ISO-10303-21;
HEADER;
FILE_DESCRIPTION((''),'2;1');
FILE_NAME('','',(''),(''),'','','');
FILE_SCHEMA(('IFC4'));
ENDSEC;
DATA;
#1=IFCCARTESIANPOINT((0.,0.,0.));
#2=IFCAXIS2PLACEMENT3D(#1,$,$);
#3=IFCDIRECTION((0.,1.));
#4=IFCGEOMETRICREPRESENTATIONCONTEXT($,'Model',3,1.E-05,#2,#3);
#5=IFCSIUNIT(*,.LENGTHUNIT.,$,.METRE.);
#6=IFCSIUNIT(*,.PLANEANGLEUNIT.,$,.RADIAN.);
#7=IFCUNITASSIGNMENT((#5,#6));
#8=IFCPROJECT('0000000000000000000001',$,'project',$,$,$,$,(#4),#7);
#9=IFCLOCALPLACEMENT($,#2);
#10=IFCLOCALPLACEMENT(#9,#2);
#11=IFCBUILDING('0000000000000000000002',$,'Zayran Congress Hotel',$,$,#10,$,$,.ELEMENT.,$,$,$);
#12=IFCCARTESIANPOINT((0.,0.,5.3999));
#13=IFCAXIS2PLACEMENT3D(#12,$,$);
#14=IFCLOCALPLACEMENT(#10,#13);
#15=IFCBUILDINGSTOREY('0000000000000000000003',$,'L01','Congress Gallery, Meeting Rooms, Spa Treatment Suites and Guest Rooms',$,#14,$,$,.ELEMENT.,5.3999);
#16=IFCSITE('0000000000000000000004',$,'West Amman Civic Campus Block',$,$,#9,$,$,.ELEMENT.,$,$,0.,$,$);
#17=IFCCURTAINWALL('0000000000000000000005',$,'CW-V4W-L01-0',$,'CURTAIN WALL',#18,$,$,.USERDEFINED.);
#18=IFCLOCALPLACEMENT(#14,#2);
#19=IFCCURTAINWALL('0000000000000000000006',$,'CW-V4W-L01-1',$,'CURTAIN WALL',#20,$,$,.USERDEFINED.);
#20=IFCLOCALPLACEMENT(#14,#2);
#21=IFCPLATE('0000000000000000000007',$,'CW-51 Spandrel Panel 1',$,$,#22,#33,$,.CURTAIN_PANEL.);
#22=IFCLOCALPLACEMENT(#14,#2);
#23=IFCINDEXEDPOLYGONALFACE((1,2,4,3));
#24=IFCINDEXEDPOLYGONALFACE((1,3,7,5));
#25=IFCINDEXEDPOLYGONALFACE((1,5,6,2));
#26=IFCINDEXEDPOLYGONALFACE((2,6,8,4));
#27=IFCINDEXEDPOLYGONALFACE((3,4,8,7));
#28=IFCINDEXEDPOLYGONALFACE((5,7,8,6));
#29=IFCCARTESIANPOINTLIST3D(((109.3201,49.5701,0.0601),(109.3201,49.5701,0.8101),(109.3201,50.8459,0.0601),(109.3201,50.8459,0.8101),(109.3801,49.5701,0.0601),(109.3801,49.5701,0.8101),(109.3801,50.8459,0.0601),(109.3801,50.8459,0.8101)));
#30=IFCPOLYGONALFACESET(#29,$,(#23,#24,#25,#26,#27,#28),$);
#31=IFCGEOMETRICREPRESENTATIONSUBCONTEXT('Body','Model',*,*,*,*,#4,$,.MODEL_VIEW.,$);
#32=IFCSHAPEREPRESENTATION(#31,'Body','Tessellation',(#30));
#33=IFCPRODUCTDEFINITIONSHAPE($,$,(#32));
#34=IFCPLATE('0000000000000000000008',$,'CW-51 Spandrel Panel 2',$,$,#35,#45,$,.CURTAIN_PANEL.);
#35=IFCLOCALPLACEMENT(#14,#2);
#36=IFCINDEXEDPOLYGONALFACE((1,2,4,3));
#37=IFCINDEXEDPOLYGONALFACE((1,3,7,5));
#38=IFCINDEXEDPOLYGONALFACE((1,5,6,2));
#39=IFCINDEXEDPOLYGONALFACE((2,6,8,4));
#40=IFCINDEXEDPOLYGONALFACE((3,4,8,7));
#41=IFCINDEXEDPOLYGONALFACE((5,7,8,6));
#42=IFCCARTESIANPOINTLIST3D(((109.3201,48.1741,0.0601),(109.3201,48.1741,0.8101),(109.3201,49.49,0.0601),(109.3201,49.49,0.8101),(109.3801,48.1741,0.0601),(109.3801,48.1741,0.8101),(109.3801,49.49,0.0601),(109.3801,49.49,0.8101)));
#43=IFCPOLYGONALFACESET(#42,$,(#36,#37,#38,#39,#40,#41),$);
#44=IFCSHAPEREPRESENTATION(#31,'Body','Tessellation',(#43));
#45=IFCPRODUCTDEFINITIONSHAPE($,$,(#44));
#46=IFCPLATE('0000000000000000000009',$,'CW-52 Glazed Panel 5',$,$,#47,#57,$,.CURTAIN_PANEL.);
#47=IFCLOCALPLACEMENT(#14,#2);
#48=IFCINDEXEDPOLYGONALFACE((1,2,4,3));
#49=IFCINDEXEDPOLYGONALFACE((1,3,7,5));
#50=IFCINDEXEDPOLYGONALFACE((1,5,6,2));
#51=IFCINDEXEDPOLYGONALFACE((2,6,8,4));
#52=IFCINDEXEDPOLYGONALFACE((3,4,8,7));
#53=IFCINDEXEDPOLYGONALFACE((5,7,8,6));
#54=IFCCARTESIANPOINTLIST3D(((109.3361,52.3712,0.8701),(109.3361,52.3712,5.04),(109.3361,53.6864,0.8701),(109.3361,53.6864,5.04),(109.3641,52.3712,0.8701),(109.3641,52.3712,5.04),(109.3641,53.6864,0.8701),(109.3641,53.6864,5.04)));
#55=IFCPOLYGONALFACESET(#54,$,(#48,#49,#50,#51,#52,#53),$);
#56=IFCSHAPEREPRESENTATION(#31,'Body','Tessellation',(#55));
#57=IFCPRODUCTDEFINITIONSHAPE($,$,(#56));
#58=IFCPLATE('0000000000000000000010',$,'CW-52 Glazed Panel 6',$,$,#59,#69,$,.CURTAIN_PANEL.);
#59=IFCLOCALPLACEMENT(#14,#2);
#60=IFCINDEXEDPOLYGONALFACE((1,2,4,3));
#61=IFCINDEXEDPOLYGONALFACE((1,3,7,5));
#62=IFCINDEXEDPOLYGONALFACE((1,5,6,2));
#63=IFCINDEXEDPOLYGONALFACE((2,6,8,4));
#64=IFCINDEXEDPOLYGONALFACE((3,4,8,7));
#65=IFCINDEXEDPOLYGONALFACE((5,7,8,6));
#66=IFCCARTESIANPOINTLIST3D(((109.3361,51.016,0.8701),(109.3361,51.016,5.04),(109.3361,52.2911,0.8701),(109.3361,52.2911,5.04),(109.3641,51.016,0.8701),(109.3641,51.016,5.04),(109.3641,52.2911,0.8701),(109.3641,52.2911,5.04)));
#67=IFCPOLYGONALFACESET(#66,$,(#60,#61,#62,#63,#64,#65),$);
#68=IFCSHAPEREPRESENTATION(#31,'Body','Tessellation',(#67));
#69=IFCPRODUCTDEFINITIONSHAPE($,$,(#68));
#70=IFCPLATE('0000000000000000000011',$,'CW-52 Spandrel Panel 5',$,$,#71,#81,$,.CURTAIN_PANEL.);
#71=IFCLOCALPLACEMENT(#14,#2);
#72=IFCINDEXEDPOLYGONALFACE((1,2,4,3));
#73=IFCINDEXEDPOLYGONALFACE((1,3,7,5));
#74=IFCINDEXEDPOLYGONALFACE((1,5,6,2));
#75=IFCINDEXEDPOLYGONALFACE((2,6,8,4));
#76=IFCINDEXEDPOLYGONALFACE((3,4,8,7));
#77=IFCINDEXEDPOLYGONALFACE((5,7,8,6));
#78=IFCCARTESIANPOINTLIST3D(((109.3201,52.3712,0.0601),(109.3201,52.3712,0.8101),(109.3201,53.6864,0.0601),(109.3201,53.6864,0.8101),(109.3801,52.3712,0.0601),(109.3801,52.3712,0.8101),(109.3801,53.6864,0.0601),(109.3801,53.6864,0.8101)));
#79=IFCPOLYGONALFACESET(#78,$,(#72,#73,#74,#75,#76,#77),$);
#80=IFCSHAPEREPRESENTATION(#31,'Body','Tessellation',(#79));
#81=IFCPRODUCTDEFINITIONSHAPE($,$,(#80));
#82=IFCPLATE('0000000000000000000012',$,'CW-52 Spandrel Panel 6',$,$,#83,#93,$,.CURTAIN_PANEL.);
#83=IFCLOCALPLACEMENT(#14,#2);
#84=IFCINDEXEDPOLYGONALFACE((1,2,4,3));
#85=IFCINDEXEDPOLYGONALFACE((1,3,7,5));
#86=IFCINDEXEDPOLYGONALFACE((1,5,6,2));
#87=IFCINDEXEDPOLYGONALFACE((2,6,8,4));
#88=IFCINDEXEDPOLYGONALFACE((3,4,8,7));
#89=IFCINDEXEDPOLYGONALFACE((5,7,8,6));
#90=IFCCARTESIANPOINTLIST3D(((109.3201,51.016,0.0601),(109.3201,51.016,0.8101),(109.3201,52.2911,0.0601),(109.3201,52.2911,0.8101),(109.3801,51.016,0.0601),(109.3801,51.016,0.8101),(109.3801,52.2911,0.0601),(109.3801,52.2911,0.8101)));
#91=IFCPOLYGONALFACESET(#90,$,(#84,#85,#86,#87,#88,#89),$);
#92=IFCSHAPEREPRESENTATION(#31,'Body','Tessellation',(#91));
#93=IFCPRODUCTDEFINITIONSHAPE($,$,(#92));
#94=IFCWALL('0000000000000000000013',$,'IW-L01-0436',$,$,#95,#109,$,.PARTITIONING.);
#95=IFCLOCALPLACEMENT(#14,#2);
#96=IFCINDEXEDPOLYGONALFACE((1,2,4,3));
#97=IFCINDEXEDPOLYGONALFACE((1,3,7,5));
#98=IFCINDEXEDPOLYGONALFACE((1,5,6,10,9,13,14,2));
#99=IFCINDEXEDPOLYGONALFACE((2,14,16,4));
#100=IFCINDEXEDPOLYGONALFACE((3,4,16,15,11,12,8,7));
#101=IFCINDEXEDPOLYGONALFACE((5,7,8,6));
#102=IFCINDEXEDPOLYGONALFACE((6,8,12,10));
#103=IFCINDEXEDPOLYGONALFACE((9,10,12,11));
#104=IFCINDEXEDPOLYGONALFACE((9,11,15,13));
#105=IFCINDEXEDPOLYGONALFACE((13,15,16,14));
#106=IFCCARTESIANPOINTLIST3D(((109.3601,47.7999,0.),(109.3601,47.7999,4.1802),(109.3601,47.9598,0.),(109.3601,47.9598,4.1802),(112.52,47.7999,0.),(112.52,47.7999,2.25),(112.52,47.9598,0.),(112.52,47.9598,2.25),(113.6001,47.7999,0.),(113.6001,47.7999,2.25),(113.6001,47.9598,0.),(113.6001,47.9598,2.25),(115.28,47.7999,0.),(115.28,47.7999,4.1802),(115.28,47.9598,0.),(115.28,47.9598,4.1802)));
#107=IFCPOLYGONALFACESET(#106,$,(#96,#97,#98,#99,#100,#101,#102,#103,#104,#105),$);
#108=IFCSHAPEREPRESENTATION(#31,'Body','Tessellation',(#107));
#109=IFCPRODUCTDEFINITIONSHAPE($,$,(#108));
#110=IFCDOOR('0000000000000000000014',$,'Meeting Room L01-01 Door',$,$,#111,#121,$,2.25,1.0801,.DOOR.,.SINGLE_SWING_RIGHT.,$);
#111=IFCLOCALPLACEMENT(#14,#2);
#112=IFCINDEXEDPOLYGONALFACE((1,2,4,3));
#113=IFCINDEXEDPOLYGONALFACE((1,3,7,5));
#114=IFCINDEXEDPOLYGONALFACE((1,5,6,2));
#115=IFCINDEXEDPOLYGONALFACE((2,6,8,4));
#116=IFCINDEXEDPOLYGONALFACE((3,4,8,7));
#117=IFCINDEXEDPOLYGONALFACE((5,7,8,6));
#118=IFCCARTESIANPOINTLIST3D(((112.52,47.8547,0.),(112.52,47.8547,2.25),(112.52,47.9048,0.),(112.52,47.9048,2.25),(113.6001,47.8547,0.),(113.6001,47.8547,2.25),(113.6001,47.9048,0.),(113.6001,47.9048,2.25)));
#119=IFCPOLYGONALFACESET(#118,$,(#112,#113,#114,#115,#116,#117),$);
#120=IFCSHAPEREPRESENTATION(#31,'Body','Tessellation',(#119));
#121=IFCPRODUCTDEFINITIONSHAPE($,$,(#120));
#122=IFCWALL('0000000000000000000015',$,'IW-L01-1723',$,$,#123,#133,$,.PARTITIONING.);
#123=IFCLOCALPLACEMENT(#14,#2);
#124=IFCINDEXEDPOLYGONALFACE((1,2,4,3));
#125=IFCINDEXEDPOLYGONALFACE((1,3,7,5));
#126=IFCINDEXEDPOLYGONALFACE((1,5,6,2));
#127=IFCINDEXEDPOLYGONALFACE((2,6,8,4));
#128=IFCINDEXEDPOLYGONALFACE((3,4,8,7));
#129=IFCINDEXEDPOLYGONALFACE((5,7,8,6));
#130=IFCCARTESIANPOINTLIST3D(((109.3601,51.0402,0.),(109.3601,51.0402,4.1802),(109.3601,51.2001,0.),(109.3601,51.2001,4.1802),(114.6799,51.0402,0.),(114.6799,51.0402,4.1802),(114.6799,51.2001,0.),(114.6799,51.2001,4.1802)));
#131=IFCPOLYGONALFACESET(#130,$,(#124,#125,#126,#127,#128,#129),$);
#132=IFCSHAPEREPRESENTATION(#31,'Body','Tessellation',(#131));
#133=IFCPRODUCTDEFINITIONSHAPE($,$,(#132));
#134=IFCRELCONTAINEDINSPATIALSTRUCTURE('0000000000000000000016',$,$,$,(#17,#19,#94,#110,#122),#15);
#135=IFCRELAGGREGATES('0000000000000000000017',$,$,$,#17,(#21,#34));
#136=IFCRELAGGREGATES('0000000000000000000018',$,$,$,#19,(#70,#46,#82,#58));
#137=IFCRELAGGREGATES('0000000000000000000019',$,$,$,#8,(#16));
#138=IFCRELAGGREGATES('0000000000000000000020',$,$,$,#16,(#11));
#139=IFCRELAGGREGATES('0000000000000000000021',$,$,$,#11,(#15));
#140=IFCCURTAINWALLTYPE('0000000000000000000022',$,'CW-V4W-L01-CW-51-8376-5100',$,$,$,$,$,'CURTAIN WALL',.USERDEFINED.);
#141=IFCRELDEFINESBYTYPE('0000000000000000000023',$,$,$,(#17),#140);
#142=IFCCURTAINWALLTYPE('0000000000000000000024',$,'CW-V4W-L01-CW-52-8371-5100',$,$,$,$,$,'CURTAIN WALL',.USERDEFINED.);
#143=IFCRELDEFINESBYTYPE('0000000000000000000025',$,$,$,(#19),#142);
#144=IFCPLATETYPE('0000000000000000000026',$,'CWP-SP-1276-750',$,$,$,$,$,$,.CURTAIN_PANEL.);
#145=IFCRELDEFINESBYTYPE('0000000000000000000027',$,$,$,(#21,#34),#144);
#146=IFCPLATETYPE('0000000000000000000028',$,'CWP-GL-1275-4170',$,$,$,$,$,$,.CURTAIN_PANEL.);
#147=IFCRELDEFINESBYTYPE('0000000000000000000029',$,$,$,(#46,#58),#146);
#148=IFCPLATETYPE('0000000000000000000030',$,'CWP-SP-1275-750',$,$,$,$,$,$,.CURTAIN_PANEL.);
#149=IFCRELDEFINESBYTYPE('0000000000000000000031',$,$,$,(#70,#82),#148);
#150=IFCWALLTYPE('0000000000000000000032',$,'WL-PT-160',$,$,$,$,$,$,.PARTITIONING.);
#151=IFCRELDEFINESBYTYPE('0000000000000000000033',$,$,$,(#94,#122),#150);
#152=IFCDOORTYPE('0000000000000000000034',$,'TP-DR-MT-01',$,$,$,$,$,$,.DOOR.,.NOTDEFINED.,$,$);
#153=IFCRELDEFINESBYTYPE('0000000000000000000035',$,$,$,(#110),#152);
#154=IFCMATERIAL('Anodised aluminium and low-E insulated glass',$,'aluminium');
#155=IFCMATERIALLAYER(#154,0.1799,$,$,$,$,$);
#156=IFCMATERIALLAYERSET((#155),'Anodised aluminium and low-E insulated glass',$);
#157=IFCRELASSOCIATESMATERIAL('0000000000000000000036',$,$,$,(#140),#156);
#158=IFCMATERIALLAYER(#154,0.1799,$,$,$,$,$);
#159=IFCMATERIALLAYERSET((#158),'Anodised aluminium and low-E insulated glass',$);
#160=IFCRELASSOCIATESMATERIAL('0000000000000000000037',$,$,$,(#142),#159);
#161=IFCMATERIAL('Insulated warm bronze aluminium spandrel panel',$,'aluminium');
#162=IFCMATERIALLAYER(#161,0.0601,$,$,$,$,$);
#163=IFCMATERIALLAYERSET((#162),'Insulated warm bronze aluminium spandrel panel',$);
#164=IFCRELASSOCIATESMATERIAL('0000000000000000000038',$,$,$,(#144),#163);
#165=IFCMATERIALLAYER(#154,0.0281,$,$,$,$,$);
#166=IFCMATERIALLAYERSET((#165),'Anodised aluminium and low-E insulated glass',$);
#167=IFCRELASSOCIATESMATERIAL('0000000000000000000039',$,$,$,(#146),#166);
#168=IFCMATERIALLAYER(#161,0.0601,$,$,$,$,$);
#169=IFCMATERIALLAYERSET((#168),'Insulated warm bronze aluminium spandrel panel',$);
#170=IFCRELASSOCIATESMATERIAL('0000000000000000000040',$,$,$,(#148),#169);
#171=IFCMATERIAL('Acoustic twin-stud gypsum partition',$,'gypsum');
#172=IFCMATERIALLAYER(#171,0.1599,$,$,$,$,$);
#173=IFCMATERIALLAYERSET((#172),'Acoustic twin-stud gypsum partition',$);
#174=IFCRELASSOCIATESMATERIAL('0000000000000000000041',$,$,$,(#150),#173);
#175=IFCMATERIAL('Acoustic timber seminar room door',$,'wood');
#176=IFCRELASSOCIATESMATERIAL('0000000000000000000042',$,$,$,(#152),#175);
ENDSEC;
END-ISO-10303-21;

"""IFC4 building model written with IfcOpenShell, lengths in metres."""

from ifc_helpers import new_model, si_unit, direction, frame, frame_2d, origin, origin_2d, place, context, subcontext, project, spatial, rectangle, extrude, material, layer, layer_set, type_object, element, fill, aggregate, save


model = new_model("IFC4")

# Units and contexts
model_context = context("Model", 3, precision=1e-05, world=origin(), true_north=direction((0.0, 1.0)))
body_context = subcontext(model_context, "Body", "Model", "MODEL_VIEW")
ifc_project = project(units=[si_unit("LENGTHUNIT", "METRE"), si_unit("PLANEANGLEUNIT", "RADIAN")], contexts=[model_context])

# Site, building, storey
site_placement = place(None, origin())
site = spatial("IfcSite", under=ifc_project, at=site_placement, Name="West Amman Civic Campus Block", CompositionType="ELEMENT", RefElevation=0.0)
building_placement = place(site_placement, origin())
building = spatial("IfcBuilding", under=site, at=building_placement, Name="Zayran Congress Hotel", CompositionType="ELEMENT")
storey_placement = place(building_placement, frame((0.0, 0.0, 5.3999)))
storey = spatial("IfcBuildingStorey", under=building, at=storey_placement, Name="L01", Description="Congress Gallery, Meeting Rooms, Spa Treatment Suites and Guest Rooms", CompositionType="ELEMENT", Elevation=5.3999)

# Curtain walls
ifc_material_1 = material(Name="Anodised aluminium and low-E insulated glass", Category="aluminium")
ifc_layer_1 = layer(ifc_material_1, 0.1799)
ifc_layer_set_1 = layer_set([ifc_layer_1], Name="Anodised aluminium and low-E insulated glass")
curtain_wall_type_1 = type_object("IfcCurtainWallType", Name="CW-V4W-L01-CW-51-8376-5100", ElementType="CURTAIN WALL", PredefinedType="USERDEFINED", material=ifc_layer_set_1)
curtain_wall_1_placement = place(storey_placement, origin())
curtain_wall_1 = element("IfcCurtainWall", 1, at=curtain_wall_1_placement, inside=storey, type_object=curtain_wall_type_1, Name="CW-V4W-L01-0", ObjectType="CURTAIN WALL", PredefinedType="USERDEFINED")
ifc_layer_2 = layer(ifc_material_1, 0.1799)
ifc_layer_set_2 = layer_set([ifc_layer_2], Name="Anodised aluminium and low-E insulated glass")
curtain_wall_type_2 = type_object("IfcCurtainWallType", Name="CW-V4W-L01-CW-52-8371-5100", ElementType="CURTAIN WALL", PredefinedType="USERDEFINED", material=ifc_layer_set_2)
curtain_wall_2_placement = place(storey_placement, origin())
curtain_wall_2 = element("IfcCurtainWall", 2, at=curtain_wall_2_placement, inside=storey, type_object=curtain_wall_type_2, Name="CW-V4W-L01-1", ObjectType="CURTAIN WALL", PredefinedType="USERDEFINED")

# Plates
ifc_material_2 = material(Name="Insulated warm bronze aluminium spandrel panel", Category="aluminium")
ifc_layer_3 = layer(ifc_material_2, 0.0601)
ifc_layer_set_3 = layer_set([ifc_layer_3], Name="Insulated warm bronze aluminium spandrel panel")
plate_type_1 = type_object("IfcPlateType", Name="CWP-SP-1276-750", PredefinedType="CURTAIN_PANEL", material=ifc_layer_set_3)
plate_1_placement = place(storey_placement, frame((109.3501, 50.208, 0.0601), z_axis=(0.0, 0.0, 1.0), x_axis=(0.0, 1.0, 0.0)))
plate_1 = element("IfcPlate", 3, at=plate_1_placement, type_object=plate_type_1, Name="CW-51 Spandrel Panel 1", PredefinedType="CURTAIN_PANEL", context=body_context, shape_type="SweptSolid", body=[
    extrude(rectangle(XDim=1.2759, YDim=0.0601, at=origin_2d()), origin(), (0.0, 0.0, 1.0), 0.75),
])
plate_2_placement = place(storey_placement, frame((109.3501, 48.832, 0.0601), z_axis=(0.0, 0.0, 1.0), x_axis=(0.0, 1.0, 0.0)))
plate_2 = element("IfcPlate", 4, at=plate_2_placement, type_object=plate_type_1, Name="CW-51 Spandrel Panel 2", PredefinedType="CURTAIN_PANEL", context=body_context, shape_type="SweptSolid", body=[
    extrude(rectangle(XDim=1.3159, YDim=0.0601, at=origin_2d()), origin(), (0.0, 0.0, 1.0), 0.75),
])
aggregate(curtain_wall_1, [plate_1, plate_2])
ifc_layer_4 = layer(ifc_material_1, 0.0281)
ifc_layer_set_4 = layer_set([ifc_layer_4], Name="Anodised aluminium and low-E insulated glass")
plate_type_2 = type_object("IfcPlateType", Name="CWP-GL-1275-4170", PredefinedType="CURTAIN_PANEL", material=ifc_layer_set_4)
plate_3_placement = place(storey_placement, frame((109.3501, 53.0288, 0.8701), z_axis=(0.0, 0.0, 1.0), x_axis=(0.0, 1.0, 0.0)))
plate_3 = element("IfcPlate", 5, at=plate_3_placement, type_object=plate_type_2, Name="CW-52 Glazed Panel 5", PredefinedType="CURTAIN_PANEL", context=body_context, shape_type="SweptSolid", body=[
    extrude(rectangle(XDim=1.3152, YDim=0.0281, at=origin_2d()), origin(), (0.0, 0.0, 1.0), 4.1699),
])
plate_4_placement = place(storey_placement, frame((109.3501, 51.6536, 0.8701), z_axis=(0.0, 0.0, 1.0), x_axis=(0.0, 1.0, 0.0)))
plate_4 = element("IfcPlate", 6, at=plate_4_placement, type_object=plate_type_2, Name="CW-52 Glazed Panel 6", PredefinedType="CURTAIN_PANEL", context=body_context, shape_type="SweptSolid", body=[
    extrude(rectangle(XDim=1.2751, YDim=0.0281, at=origin_2d()), origin(), (0.0, 0.0, 1.0), 4.1699),
])
ifc_layer_5 = layer(ifc_material_2, 0.0601)
ifc_layer_set_5 = layer_set([ifc_layer_5], Name="Insulated warm bronze aluminium spandrel panel")
plate_type_3 = type_object("IfcPlateType", Name="CWP-SP-1275-750", PredefinedType="CURTAIN_PANEL", material=ifc_layer_set_5)
plate_5_placement = place(storey_placement, frame((109.3501, 53.0288, 0.0601), z_axis=(0.0, 0.0, 1.0), x_axis=(0.0, 1.0, 0.0)))
plate_5 = element("IfcPlate", 7, at=plate_5_placement, type_object=plate_type_3, Name="CW-52 Spandrel Panel 5", PredefinedType="CURTAIN_PANEL", context=body_context, shape_type="SweptSolid", body=[
    extrude(rectangle(XDim=1.3152, YDim=0.0601, at=origin_2d()), origin(), (0.0, 0.0, 1.0), 0.75),
])
plate_6_placement = place(storey_placement, frame((109.3501, 51.6536, 0.0601), z_axis=(0.0, 0.0, 1.0), x_axis=(0.0, 1.0, 0.0)))
plate_6 = element("IfcPlate", 8, at=plate_6_placement, type_object=plate_type_3, Name="CW-52 Spandrel Panel 6", PredefinedType="CURTAIN_PANEL", context=body_context, shape_type="SweptSolid", body=[
    extrude(rectangle(XDim=1.2751, YDim=0.0601, at=origin_2d()), origin(), (0.0, 0.0, 1.0), 0.75),
])
aggregate(curtain_wall_2, [plate_5, plate_3, plate_6, plate_4])

# Wall, opening, door
ifc_material_3 = material(Name="Acoustic twin-stud gypsum partition", Category="gypsum")
ifc_layer_6 = layer(ifc_material_3, 0.1599)
ifc_layer_set_6 = layer_set([ifc_layer_6], Name="Acoustic twin-stud gypsum partition")
wall_type = type_object("IfcWallType", Name="WL-PT-160", PredefinedType="PARTITIONING", material=ifc_layer_set_6)
wall_1_placement = place(storey_placement, frame((109.3601, 47.8799, 0.0), z_axis=(0.0, 0.0, 1.0), x_axis=(1.0, 0.0, 0.0)))
wall_1 = element("IfcWall", 9, at=wall_1_placement, inside=storey, type_object=wall_type, Name="IW-L01-0436", PredefinedType="PARTITIONING", context=body_context, shape_type="SweptSolid", body=[
    extrude(rectangle(XDim=5.9199, YDim=0.1599, at=frame_2d((2.96, 0.0))), origin(), (0.0, 0.0, 1.0), 4.1802),
])
opening_placement = place(wall_1_placement, frame((3.1599, 0.0, 0.0)))
opening = element("IfcOpeningElement", 10, at=opening_placement, cuts=wall_1, PredefinedType="OPENING", context=body_context, shape_type="SweptSolid", body=[
    extrude(rectangle(XDim=1.0801, YDim=2.25, at=frame_2d((0.54, 1.125))), frame((0.0, 0.0898, 0.0), z_axis=(0.0, -1.0, 0.0), x_axis=(1.0, 0.0, 0.0)), (0.0, 0.0, 1.0), 0.1799),
])
ifc_material_4 = material(Name="Acoustic timber seminar room door", Category="wood")
door_type = type_object("IfcDoorType", Name="TP-DR-MT-01", OperationType="NOTDEFINED", PredefinedType="DOOR", material=ifc_material_4)
door_placement = place(opening_placement, origin())
door = element("IfcDoor", 11, at=door_placement, inside=storey, type_object=door_type, Name="Meeting Room L01-01 Door", OperationType="SINGLE_SWING_RIGHT", OverallHeight=2.25, OverallWidth=1.0801, PredefinedType="DOOR", context=body_context, shape_type="SweptSolid", body=[
    extrude(rectangle(XDim=1.0801, YDim=2.25, at=frame_2d((0.54, 1.125))), frame((0.0, 0.0249, 0.0), z_axis=(0.0, -1.0, 0.0), x_axis=(1.0, 0.0, 0.0)), (0.0, 0.0, 1.0), 0.05),
])
fill(opening, door)

# Wall
wall_2_placement = place(storey_placement, frame((109.3601, 51.1201, 0.0), z_axis=(0.0, 0.0, 1.0), x_axis=(1.0, 0.0, 0.0)))
element("IfcWall", 12, at=wall_2_placement, inside=storey, type_object=wall_type, Name="IW-L01-1723", PredefinedType="PARTITIONING", context=body_context, shape_type="SweptSolid", body=[
    extrude(rectangle(XDim=5.3198, YDim=0.1599, at=frame_2d((2.6599, 0.0))), origin(), (0.0, 0.0, 1.0), 4.1802),
])

save(model, "model.ifc")
